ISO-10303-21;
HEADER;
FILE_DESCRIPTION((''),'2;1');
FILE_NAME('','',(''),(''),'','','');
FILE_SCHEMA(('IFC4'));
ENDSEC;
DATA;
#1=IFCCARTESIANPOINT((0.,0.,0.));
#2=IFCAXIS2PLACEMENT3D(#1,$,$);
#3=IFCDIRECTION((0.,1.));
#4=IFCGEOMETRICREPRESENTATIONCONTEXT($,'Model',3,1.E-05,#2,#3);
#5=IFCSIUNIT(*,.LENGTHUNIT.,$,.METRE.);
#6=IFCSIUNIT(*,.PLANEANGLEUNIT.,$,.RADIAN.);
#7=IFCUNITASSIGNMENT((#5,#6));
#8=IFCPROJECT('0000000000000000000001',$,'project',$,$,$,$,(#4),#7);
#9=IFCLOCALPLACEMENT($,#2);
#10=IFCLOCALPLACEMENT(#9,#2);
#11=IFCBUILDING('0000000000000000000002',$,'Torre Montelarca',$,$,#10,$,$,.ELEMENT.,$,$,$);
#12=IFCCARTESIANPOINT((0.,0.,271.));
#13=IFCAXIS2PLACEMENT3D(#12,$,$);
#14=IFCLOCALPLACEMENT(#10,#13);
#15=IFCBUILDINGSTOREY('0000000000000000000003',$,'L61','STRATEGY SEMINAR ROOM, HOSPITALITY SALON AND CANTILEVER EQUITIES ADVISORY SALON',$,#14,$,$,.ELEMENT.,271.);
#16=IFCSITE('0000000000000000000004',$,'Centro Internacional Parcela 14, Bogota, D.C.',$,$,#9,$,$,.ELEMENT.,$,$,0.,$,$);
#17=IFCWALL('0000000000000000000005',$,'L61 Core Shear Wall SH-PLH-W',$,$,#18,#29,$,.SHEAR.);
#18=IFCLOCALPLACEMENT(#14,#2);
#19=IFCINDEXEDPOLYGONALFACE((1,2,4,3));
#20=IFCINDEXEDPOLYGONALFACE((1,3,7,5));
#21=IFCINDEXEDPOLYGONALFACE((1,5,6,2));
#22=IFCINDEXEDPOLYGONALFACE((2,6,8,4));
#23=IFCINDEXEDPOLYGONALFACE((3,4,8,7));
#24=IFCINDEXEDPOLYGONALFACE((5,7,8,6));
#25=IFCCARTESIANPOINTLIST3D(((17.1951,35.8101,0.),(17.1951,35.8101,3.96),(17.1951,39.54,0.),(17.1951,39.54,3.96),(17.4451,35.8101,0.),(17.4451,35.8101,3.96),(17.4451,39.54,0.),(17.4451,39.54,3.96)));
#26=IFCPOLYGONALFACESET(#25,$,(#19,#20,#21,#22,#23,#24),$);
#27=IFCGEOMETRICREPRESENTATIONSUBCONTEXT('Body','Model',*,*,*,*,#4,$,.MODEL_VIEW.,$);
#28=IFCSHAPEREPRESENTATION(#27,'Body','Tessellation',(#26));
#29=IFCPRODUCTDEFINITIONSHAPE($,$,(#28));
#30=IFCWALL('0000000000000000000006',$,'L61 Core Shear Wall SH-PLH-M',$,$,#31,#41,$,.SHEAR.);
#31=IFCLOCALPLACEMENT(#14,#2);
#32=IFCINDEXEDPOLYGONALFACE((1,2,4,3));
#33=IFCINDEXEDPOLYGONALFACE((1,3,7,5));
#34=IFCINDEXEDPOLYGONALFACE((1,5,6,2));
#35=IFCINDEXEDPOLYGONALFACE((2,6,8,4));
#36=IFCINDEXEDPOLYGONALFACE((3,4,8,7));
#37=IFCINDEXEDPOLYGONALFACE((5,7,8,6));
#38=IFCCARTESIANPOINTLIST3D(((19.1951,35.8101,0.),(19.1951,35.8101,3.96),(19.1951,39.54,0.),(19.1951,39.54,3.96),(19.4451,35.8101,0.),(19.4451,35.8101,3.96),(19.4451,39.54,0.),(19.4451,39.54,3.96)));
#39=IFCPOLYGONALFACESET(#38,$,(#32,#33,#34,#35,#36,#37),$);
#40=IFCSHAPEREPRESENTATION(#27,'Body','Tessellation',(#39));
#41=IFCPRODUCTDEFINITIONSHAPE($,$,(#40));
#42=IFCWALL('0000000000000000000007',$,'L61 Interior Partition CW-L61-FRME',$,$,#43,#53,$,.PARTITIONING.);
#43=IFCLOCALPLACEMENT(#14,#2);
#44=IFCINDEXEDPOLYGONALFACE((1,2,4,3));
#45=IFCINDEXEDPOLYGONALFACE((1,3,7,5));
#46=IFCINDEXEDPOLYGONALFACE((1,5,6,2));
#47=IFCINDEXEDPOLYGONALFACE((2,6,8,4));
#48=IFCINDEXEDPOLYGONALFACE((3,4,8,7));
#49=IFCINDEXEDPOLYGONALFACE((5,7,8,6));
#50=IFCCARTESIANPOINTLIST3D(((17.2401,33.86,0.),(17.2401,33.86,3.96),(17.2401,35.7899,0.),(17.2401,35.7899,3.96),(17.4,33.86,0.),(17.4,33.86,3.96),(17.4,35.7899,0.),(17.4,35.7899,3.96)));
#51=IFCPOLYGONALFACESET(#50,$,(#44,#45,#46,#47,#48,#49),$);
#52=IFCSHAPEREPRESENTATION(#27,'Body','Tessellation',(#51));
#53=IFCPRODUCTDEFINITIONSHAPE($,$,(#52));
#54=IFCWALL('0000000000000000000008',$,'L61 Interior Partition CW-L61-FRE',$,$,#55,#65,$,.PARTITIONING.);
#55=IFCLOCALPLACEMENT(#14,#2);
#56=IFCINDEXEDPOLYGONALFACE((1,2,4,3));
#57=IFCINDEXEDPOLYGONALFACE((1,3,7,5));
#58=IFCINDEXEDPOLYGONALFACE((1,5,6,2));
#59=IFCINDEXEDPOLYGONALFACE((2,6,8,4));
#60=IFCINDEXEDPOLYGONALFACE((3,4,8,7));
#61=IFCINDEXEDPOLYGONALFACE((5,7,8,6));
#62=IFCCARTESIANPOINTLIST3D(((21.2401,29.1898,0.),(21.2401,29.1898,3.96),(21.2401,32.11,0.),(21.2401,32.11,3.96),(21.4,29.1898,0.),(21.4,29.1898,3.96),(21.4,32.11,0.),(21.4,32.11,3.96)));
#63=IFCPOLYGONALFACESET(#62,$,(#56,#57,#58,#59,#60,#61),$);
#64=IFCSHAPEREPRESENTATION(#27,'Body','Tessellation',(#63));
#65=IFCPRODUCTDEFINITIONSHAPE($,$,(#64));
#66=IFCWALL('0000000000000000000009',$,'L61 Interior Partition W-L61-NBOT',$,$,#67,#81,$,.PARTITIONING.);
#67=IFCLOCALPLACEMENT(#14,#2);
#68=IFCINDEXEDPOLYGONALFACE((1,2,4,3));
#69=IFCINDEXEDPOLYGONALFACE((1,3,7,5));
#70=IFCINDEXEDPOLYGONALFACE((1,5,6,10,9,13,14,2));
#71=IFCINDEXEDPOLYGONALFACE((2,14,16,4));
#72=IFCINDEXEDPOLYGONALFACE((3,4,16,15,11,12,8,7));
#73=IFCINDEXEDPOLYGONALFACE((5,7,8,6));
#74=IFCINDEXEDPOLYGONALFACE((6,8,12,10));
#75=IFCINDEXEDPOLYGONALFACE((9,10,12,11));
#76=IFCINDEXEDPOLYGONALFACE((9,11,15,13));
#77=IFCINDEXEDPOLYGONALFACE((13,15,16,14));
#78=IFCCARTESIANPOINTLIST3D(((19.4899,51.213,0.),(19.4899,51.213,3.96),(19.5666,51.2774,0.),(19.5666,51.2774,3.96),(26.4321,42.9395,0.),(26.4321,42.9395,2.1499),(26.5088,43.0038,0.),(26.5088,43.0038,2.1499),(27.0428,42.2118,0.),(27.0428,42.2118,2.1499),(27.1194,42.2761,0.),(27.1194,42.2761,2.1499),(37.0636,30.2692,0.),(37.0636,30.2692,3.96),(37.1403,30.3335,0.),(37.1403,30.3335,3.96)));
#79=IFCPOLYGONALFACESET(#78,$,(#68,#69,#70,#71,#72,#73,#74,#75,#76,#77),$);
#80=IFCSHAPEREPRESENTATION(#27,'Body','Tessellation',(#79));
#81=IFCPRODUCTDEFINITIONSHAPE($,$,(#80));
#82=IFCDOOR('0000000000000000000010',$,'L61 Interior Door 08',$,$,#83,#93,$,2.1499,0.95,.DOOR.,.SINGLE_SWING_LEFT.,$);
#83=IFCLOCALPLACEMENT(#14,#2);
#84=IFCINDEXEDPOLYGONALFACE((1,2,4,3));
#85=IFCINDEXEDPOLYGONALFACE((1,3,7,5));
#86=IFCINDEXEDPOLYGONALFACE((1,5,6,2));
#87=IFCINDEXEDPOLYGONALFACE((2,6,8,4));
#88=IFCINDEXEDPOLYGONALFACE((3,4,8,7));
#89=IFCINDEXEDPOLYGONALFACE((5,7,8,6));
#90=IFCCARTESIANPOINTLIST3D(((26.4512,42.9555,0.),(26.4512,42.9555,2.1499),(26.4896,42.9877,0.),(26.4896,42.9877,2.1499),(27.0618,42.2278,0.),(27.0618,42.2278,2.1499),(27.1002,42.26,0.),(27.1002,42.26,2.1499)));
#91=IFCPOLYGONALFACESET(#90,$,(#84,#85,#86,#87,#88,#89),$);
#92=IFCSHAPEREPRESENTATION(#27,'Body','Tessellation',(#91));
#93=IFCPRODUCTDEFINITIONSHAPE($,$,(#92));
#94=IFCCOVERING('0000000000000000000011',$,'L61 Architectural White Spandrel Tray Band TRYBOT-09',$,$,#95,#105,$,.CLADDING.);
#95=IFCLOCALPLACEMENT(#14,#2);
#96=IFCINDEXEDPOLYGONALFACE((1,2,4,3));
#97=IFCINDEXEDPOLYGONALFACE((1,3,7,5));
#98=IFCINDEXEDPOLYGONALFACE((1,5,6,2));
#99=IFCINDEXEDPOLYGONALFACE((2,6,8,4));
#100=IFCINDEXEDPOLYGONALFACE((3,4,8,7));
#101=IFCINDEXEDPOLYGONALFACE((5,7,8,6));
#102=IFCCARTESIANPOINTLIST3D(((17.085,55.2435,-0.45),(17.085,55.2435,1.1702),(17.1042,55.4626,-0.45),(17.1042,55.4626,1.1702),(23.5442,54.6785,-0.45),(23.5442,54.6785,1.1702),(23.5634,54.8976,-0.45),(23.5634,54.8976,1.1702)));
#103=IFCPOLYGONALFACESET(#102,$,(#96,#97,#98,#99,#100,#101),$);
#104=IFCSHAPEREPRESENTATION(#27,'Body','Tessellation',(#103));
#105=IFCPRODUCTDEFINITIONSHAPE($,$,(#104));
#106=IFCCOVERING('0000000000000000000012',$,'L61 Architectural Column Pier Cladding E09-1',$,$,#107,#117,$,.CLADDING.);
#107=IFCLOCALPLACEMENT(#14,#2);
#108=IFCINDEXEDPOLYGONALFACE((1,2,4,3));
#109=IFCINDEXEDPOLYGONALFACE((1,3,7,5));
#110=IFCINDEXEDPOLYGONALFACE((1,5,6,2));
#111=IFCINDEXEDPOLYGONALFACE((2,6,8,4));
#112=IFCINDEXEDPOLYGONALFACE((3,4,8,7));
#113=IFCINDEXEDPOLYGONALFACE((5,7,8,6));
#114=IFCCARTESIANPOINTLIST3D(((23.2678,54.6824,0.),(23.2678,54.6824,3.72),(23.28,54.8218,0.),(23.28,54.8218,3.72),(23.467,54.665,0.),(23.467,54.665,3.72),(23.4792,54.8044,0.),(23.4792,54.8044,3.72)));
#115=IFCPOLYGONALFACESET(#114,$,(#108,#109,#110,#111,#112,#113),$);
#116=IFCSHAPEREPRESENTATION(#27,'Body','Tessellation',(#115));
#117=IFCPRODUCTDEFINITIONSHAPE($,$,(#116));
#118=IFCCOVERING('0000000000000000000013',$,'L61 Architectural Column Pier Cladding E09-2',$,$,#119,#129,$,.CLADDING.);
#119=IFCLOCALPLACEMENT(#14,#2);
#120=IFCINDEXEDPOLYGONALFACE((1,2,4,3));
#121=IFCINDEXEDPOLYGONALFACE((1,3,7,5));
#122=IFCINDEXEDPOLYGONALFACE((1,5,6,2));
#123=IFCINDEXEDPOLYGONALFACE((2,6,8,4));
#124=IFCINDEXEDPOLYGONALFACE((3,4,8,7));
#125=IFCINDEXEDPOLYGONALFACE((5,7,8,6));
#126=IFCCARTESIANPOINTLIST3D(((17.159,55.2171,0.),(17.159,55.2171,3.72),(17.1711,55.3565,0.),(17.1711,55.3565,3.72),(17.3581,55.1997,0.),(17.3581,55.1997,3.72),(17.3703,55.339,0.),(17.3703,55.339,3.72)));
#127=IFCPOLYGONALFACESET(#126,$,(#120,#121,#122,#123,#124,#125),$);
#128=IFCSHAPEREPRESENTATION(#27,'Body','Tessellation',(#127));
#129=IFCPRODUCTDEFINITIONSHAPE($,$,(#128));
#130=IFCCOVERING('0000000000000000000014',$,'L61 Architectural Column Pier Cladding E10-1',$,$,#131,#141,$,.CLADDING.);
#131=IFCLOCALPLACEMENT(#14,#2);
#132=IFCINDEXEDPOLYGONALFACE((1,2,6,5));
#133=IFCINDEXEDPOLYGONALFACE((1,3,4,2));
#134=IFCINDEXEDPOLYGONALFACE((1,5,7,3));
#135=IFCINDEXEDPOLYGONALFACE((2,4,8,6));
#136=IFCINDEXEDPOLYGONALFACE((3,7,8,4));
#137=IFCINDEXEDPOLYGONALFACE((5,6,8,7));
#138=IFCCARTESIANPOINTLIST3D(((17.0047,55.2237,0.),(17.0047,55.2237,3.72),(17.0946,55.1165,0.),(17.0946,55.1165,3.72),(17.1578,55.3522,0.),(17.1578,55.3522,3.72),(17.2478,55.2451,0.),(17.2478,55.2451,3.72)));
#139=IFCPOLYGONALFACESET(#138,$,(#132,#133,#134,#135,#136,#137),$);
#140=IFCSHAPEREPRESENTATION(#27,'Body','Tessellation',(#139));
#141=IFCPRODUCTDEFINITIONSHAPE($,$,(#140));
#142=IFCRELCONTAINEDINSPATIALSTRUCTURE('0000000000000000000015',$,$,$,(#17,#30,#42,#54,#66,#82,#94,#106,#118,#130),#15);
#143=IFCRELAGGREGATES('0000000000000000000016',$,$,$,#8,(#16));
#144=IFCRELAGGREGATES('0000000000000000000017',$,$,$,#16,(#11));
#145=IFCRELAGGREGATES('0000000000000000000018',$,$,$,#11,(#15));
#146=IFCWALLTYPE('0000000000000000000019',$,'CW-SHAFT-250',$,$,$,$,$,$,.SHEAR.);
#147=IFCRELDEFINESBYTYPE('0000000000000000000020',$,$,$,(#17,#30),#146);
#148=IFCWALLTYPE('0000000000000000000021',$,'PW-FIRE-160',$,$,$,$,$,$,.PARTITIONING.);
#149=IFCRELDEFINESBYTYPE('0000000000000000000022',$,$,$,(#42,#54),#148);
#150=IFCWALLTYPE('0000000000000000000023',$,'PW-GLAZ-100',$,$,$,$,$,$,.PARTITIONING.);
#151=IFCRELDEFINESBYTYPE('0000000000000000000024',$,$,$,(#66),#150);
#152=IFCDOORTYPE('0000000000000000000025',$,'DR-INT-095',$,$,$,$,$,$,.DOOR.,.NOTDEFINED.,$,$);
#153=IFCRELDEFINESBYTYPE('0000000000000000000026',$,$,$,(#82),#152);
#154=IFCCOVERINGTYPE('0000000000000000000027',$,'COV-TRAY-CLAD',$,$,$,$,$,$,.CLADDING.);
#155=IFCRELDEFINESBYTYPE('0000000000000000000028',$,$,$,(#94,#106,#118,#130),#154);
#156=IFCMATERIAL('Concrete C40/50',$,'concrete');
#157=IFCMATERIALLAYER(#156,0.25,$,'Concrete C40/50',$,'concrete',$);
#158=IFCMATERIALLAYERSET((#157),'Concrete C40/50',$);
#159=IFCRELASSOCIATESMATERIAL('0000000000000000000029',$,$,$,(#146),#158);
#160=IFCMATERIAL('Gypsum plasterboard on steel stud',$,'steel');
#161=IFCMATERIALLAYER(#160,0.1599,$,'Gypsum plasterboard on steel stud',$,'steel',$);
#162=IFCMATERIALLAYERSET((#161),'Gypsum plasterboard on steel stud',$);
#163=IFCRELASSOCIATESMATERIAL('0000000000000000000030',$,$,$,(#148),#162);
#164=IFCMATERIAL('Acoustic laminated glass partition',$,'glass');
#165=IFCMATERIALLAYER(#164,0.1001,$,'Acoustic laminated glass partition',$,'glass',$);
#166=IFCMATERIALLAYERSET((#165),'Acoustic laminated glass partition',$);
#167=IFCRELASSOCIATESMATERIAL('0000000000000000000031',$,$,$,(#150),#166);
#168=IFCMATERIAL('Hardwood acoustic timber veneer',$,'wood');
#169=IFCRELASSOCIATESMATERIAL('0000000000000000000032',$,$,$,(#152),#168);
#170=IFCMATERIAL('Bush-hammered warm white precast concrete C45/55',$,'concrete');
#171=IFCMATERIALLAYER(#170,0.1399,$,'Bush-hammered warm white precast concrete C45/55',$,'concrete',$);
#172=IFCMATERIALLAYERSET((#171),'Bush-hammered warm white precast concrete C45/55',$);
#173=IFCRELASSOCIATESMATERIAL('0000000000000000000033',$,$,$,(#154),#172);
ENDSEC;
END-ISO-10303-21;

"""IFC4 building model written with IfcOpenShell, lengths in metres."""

from ifc_helpers import new_model, si_unit, direction, frame, frame_2d, origin, origin_2d, place, context, subcontext, project, spatial, rectangle, extrude, source, transform, mapped, material, layer, layer_set, type_object, element, fill, save


model = new_model("IFC4")

# Units and contexts
model_context = context("Model", 3, precision=1e-05, world=origin(), true_north=direction((0.0, 1.0)))
body_context = subcontext(model_context, "Body", "Model", "MODEL_VIEW")
ifc_project = project(units=[si_unit("LENGTHUNIT", "METRE"), si_unit("PLANEANGLEUNIT", "RADIAN")], contexts=[model_context])

# Site, building, storey
site_placement = place(None, origin())
site = spatial("IfcSite", under=ifc_project, at=site_placement, Name="Centro Internacional Parcela 14, Bogota, D.C.", CompositionType="ELEMENT", RefElevation=0.0)
building_placement = place(site_placement, origin())
building = spatial("IfcBuilding", under=site, at=building_placement, Name="Torre Montelarca", CompositionType="ELEMENT")
storey_placement = place(building_placement, frame((0.0, 0.0, 271.0)))
storey = spatial("IfcBuildingStorey", under=building, at=storey_placement, Name="L61", Description="STRATEGY SEMINAR ROOM, HOSPITALITY SALON AND CANTILEVER EQUITIES ADVISORY SALON", CompositionType="ELEMENT", Elevation=271.0)

# Shared definitions
ifc_material_1 = material(Name="Concrete C40/50", Category="concrete")

# Shared definitions
ifc_layer_1 = layer(ifc_material_1, 0.25, Name="Concrete C40/50", Category="concrete")
ifc_layer_set_1 = layer_set([ifc_layer_1], Name="Concrete C40/50")
wall_type_1 = type_object("IfcWallType", Name="CW-SHAFT-250", PredefinedType="SHEAR", material=ifc_layer_set_1)

# Walls
for number, where, z_axis, x_axis, name in (
    (1, (17.3201, 35.8101, 0.0), (0.0, 0.0, 1.0), (0.0, 1.0, 0.0), "L61 Core Shear Wall SH-PLH-W"),
    (2, (19.3201, 35.8101, 0.0), (0.0, 0.0, 1.0), (0.0, 1.0, 0.0), "L61 Core Shear Wall SH-PLH-M"),
):
    element("IfcWall", number, at=place(storey_placement, frame(where, z_axis=z_axis, x_axis=x_axis)), inside=storey, type_object=wall_type_1, Name=name, PredefinedType="SHEAR", context=body_context, shape_type="SweptSolid", body=[
        extrude(rectangle(XDim=3.73, YDim=0.25, at=frame_2d((1.865, 0.0))), origin(), (0.0, 0.0, 1.0), 3.96),
    ])
ifc_material_2 = material(Name="Gypsum plasterboard on steel stud", Category="steel")
ifc_layer_2 = layer(ifc_material_2, 0.1599, Name="Gypsum plasterboard on steel stud", Category="steel")
ifc_layer_set_2 = layer_set([ifc_layer_2], Name="Gypsum plasterboard on steel stud")
wall_type_2 = type_object("IfcWallType", Name="PW-FIRE-160", PredefinedType="PARTITIONING", material=ifc_layer_set_2)
wall_1_placement = place(storey_placement, frame((17.3201, 33.8601, 0.0), z_axis=(0.0, 0.0, 1.0), x_axis=(0.0, 1.0, 0.0)))
element("IfcWall", 3, at=wall_1_placement, inside=storey, type_object=wall_type_2, Name="L61 Interior Partition CW-L61-FRME", PredefinedType="PARTITIONING", context=body_context, shape_type="SweptSolid", body=[
    extrude(rectangle(XDim=1.9299, YDim=0.1599, at=frame_2d((0.9648, 0.0))), origin(), (0.0, 0.0, 1.0), 3.96),
])
wall_2_placement = place(storey_placement, frame((21.3201, 29.1899, 0.0), z_axis=(0.0, 0.0, 1.0), x_axis=(0.0, 1.0, 0.0)))
element("IfcWall", 4, at=wall_2_placement, inside=storey, type_object=wall_type_2, Name="L61 Interior Partition CW-L61-FRE", PredefinedType="PARTITIONING", context=body_context, shape_type="SweptSolid", body=[
    extrude(rectangle(XDim=2.9202, YDim=0.1599, at=frame_2d((1.46, 0.0))), origin(), (0.0, 0.0, 1.0), 3.96),
])

# Wall, opening, door
ifc_material_3 = material(Name="Acoustic laminated glass partition", Category="glass")
ifc_layer_3 = layer(ifc_material_3, 0.1001, Name="Acoustic laminated glass partition", Category="glass")
ifc_layer_set_3 = layer_set([ifc_layer_3], Name="Acoustic laminated glass partition")
wall_type_3 = type_object("IfcWallType", Name="PW-GLAZ-100", PredefinedType="PARTITIONING", material=ifc_layer_set_3)
wall_3_placement = place(storey_placement, frame((19.5283, 51.2451, 0.0), z_axis=(0.0, 0.0, 1.0), x_axis=(0.642782, -0.766049, 0.0)))
wall_3 = element("IfcWall", 5, at=wall_3_placement, inside=storey, type_object=wall_type_3, Name="L61 Interior Partition W-L61-NBOT", PredefinedType="PARTITIONING", context=body_context, shape_type="SweptSolid", body=[
    extrude(rectangle(XDim=27.3401, YDim=0.1001, at=frame_2d((13.6699, 0.0))), origin(), (0.0, 0.0, 1.0), 3.96),
])
opening_1_placement = place(wall_3_placement, frame((10.8, 0.0, 0.0)))
opening_1 = element("IfcOpeningElement", 6, at=opening_1_placement, cuts=wall_3, PredefinedType="OPENING", context=body_context, shape_type="SweptSolid", body=[
    extrude(rectangle(XDim=0.95, YDim=2.1499, at=frame_2d((0.4751, 1.075))), frame((0.0, 0.0601, 0.0), z_axis=(0.0, -1.0, 0.0), x_axis=(1.0, 0.0, 0.0)), (0.0, 0.0, 1.0), 0.1201),
])
ifc_material_4 = material(Name="Hardwood acoustic timber veneer", Category="wood")
door_type_1 = type_object("IfcDoorType", Name="DR-INT-095", OperationType="NOTDEFINED", PredefinedType="DOOR", material=ifc_material_4)
shared_shape_1 = source(origin(), body_context, "Body", "SweptSolid", [
    extrude(rectangle(XDim=0.95, YDim=2.1499, at=frame_2d((0.4751, 1.075))), frame((0.0, 0.0249, 0.0), z_axis=(0.0, -1.0, 0.0), x_axis=(1.0, 0.0, 0.0)), (0.0, 0.0, 1.0), 0.05),
])
door_1_placement = place(opening_1_placement, origin())
door_1 = element("IfcDoor", 7, at=door_1_placement, inside=storey, type_object=door_type_1, Name="L61 Interior Door 08", OperationType="SINGLE_SWING_LEFT", OverallHeight=2.1499, OverallWidth=0.95, PredefinedType="DOOR", context=body_context, shape_type="MappedRepresentation", body=[
    mapped(shared_shape_1, transform((0.0, 0.0, 0.0), scale=1.0)),
])
fill(opening_1, door_1)

# Coverings
ifc_material_5 = material(Name="Bush-hammered warm white precast concrete C45/55", Category="concrete")
ifc_layer_4 = layer(ifc_material_5, 0.1399, Name="Bush-hammered warm white precast concrete C45/55", Category="concrete")
ifc_layer_set_4 = layer_set([ifc_layer_4], Name="Bush-hammered warm white precast concrete C45/55")
covering_type = type_object("IfcCoveringType", Name="COV-TRAY-CLAD", PredefinedType="CLADDING", material=ifc_layer_set_4)
shared_shape_2 = source(origin(), body_context, "Body", "SweptSolid", [
    extrude(rectangle(XDim=6.4839, YDim=0.22, at=origin_2d()), origin(), (0.0, 0.0, 1.0), 1.6201),
])
covering_placement = place(storey_placement, frame((20.3242, 55.0706, -0.45), z_axis=(0.0, 0.0, 1.0), x_axis=(-0.996195, 0.087147, 0.0)))
element("IfcCovering", 8, at=covering_placement, inside=storey, type_object=covering_type, Name="L61 Architectural White Spandrel Tray Band TRYBOT-09", PredefinedType="CLADDING", context=body_context, shape_type="MappedRepresentation", body=[
    mapped(shared_shape_2, transform((0.0, 0.0, 0.0), scale=1.0)),
])
shared_shape_3 = source(origin(), body_context, "Body", "SweptSolid", [
    extrude(rectangle(XDim=0.2, YDim=0.1399, at=origin_2d()), origin(), (0.0, 0.0, 1.0), 3.72),
])
for number, where, z_axis, x_axis, name in (
    (9, (23.3735, 54.7434, 0.0), (0.0, 0.0, 1.0), (-0.996194, 0.087159, 0.0), "L61 Architectural Column Pier Cladding E09-1"),
    (10, (17.2646, 55.2781, 0.0), (0.0, 0.0, 1.0), (-0.996194, 0.087159, 0.0), "L61 Architectural Column Pier Cladding E09-2"),
    (11, (17.1262, 55.2344, 0.0), (0.0, 0.0, 1.0), (-0.766043, -0.642789, 0.0), "L61 Architectural Column Pier Cladding E10-1"),
):
    element("IfcCovering", number, at=place(storey_placement, frame(where, z_axis=z_axis, x_axis=x_axis)), inside=storey, type_object=covering_type, Name=name, PredefinedType="CLADDING", context=body_context, shape_type="MappedRepresentation", body=[
        mapped(shared_shape_3, transform((0.0, 0.0, 0.0), scale=1.0)),
    ])

save(model, "model.ifc")
